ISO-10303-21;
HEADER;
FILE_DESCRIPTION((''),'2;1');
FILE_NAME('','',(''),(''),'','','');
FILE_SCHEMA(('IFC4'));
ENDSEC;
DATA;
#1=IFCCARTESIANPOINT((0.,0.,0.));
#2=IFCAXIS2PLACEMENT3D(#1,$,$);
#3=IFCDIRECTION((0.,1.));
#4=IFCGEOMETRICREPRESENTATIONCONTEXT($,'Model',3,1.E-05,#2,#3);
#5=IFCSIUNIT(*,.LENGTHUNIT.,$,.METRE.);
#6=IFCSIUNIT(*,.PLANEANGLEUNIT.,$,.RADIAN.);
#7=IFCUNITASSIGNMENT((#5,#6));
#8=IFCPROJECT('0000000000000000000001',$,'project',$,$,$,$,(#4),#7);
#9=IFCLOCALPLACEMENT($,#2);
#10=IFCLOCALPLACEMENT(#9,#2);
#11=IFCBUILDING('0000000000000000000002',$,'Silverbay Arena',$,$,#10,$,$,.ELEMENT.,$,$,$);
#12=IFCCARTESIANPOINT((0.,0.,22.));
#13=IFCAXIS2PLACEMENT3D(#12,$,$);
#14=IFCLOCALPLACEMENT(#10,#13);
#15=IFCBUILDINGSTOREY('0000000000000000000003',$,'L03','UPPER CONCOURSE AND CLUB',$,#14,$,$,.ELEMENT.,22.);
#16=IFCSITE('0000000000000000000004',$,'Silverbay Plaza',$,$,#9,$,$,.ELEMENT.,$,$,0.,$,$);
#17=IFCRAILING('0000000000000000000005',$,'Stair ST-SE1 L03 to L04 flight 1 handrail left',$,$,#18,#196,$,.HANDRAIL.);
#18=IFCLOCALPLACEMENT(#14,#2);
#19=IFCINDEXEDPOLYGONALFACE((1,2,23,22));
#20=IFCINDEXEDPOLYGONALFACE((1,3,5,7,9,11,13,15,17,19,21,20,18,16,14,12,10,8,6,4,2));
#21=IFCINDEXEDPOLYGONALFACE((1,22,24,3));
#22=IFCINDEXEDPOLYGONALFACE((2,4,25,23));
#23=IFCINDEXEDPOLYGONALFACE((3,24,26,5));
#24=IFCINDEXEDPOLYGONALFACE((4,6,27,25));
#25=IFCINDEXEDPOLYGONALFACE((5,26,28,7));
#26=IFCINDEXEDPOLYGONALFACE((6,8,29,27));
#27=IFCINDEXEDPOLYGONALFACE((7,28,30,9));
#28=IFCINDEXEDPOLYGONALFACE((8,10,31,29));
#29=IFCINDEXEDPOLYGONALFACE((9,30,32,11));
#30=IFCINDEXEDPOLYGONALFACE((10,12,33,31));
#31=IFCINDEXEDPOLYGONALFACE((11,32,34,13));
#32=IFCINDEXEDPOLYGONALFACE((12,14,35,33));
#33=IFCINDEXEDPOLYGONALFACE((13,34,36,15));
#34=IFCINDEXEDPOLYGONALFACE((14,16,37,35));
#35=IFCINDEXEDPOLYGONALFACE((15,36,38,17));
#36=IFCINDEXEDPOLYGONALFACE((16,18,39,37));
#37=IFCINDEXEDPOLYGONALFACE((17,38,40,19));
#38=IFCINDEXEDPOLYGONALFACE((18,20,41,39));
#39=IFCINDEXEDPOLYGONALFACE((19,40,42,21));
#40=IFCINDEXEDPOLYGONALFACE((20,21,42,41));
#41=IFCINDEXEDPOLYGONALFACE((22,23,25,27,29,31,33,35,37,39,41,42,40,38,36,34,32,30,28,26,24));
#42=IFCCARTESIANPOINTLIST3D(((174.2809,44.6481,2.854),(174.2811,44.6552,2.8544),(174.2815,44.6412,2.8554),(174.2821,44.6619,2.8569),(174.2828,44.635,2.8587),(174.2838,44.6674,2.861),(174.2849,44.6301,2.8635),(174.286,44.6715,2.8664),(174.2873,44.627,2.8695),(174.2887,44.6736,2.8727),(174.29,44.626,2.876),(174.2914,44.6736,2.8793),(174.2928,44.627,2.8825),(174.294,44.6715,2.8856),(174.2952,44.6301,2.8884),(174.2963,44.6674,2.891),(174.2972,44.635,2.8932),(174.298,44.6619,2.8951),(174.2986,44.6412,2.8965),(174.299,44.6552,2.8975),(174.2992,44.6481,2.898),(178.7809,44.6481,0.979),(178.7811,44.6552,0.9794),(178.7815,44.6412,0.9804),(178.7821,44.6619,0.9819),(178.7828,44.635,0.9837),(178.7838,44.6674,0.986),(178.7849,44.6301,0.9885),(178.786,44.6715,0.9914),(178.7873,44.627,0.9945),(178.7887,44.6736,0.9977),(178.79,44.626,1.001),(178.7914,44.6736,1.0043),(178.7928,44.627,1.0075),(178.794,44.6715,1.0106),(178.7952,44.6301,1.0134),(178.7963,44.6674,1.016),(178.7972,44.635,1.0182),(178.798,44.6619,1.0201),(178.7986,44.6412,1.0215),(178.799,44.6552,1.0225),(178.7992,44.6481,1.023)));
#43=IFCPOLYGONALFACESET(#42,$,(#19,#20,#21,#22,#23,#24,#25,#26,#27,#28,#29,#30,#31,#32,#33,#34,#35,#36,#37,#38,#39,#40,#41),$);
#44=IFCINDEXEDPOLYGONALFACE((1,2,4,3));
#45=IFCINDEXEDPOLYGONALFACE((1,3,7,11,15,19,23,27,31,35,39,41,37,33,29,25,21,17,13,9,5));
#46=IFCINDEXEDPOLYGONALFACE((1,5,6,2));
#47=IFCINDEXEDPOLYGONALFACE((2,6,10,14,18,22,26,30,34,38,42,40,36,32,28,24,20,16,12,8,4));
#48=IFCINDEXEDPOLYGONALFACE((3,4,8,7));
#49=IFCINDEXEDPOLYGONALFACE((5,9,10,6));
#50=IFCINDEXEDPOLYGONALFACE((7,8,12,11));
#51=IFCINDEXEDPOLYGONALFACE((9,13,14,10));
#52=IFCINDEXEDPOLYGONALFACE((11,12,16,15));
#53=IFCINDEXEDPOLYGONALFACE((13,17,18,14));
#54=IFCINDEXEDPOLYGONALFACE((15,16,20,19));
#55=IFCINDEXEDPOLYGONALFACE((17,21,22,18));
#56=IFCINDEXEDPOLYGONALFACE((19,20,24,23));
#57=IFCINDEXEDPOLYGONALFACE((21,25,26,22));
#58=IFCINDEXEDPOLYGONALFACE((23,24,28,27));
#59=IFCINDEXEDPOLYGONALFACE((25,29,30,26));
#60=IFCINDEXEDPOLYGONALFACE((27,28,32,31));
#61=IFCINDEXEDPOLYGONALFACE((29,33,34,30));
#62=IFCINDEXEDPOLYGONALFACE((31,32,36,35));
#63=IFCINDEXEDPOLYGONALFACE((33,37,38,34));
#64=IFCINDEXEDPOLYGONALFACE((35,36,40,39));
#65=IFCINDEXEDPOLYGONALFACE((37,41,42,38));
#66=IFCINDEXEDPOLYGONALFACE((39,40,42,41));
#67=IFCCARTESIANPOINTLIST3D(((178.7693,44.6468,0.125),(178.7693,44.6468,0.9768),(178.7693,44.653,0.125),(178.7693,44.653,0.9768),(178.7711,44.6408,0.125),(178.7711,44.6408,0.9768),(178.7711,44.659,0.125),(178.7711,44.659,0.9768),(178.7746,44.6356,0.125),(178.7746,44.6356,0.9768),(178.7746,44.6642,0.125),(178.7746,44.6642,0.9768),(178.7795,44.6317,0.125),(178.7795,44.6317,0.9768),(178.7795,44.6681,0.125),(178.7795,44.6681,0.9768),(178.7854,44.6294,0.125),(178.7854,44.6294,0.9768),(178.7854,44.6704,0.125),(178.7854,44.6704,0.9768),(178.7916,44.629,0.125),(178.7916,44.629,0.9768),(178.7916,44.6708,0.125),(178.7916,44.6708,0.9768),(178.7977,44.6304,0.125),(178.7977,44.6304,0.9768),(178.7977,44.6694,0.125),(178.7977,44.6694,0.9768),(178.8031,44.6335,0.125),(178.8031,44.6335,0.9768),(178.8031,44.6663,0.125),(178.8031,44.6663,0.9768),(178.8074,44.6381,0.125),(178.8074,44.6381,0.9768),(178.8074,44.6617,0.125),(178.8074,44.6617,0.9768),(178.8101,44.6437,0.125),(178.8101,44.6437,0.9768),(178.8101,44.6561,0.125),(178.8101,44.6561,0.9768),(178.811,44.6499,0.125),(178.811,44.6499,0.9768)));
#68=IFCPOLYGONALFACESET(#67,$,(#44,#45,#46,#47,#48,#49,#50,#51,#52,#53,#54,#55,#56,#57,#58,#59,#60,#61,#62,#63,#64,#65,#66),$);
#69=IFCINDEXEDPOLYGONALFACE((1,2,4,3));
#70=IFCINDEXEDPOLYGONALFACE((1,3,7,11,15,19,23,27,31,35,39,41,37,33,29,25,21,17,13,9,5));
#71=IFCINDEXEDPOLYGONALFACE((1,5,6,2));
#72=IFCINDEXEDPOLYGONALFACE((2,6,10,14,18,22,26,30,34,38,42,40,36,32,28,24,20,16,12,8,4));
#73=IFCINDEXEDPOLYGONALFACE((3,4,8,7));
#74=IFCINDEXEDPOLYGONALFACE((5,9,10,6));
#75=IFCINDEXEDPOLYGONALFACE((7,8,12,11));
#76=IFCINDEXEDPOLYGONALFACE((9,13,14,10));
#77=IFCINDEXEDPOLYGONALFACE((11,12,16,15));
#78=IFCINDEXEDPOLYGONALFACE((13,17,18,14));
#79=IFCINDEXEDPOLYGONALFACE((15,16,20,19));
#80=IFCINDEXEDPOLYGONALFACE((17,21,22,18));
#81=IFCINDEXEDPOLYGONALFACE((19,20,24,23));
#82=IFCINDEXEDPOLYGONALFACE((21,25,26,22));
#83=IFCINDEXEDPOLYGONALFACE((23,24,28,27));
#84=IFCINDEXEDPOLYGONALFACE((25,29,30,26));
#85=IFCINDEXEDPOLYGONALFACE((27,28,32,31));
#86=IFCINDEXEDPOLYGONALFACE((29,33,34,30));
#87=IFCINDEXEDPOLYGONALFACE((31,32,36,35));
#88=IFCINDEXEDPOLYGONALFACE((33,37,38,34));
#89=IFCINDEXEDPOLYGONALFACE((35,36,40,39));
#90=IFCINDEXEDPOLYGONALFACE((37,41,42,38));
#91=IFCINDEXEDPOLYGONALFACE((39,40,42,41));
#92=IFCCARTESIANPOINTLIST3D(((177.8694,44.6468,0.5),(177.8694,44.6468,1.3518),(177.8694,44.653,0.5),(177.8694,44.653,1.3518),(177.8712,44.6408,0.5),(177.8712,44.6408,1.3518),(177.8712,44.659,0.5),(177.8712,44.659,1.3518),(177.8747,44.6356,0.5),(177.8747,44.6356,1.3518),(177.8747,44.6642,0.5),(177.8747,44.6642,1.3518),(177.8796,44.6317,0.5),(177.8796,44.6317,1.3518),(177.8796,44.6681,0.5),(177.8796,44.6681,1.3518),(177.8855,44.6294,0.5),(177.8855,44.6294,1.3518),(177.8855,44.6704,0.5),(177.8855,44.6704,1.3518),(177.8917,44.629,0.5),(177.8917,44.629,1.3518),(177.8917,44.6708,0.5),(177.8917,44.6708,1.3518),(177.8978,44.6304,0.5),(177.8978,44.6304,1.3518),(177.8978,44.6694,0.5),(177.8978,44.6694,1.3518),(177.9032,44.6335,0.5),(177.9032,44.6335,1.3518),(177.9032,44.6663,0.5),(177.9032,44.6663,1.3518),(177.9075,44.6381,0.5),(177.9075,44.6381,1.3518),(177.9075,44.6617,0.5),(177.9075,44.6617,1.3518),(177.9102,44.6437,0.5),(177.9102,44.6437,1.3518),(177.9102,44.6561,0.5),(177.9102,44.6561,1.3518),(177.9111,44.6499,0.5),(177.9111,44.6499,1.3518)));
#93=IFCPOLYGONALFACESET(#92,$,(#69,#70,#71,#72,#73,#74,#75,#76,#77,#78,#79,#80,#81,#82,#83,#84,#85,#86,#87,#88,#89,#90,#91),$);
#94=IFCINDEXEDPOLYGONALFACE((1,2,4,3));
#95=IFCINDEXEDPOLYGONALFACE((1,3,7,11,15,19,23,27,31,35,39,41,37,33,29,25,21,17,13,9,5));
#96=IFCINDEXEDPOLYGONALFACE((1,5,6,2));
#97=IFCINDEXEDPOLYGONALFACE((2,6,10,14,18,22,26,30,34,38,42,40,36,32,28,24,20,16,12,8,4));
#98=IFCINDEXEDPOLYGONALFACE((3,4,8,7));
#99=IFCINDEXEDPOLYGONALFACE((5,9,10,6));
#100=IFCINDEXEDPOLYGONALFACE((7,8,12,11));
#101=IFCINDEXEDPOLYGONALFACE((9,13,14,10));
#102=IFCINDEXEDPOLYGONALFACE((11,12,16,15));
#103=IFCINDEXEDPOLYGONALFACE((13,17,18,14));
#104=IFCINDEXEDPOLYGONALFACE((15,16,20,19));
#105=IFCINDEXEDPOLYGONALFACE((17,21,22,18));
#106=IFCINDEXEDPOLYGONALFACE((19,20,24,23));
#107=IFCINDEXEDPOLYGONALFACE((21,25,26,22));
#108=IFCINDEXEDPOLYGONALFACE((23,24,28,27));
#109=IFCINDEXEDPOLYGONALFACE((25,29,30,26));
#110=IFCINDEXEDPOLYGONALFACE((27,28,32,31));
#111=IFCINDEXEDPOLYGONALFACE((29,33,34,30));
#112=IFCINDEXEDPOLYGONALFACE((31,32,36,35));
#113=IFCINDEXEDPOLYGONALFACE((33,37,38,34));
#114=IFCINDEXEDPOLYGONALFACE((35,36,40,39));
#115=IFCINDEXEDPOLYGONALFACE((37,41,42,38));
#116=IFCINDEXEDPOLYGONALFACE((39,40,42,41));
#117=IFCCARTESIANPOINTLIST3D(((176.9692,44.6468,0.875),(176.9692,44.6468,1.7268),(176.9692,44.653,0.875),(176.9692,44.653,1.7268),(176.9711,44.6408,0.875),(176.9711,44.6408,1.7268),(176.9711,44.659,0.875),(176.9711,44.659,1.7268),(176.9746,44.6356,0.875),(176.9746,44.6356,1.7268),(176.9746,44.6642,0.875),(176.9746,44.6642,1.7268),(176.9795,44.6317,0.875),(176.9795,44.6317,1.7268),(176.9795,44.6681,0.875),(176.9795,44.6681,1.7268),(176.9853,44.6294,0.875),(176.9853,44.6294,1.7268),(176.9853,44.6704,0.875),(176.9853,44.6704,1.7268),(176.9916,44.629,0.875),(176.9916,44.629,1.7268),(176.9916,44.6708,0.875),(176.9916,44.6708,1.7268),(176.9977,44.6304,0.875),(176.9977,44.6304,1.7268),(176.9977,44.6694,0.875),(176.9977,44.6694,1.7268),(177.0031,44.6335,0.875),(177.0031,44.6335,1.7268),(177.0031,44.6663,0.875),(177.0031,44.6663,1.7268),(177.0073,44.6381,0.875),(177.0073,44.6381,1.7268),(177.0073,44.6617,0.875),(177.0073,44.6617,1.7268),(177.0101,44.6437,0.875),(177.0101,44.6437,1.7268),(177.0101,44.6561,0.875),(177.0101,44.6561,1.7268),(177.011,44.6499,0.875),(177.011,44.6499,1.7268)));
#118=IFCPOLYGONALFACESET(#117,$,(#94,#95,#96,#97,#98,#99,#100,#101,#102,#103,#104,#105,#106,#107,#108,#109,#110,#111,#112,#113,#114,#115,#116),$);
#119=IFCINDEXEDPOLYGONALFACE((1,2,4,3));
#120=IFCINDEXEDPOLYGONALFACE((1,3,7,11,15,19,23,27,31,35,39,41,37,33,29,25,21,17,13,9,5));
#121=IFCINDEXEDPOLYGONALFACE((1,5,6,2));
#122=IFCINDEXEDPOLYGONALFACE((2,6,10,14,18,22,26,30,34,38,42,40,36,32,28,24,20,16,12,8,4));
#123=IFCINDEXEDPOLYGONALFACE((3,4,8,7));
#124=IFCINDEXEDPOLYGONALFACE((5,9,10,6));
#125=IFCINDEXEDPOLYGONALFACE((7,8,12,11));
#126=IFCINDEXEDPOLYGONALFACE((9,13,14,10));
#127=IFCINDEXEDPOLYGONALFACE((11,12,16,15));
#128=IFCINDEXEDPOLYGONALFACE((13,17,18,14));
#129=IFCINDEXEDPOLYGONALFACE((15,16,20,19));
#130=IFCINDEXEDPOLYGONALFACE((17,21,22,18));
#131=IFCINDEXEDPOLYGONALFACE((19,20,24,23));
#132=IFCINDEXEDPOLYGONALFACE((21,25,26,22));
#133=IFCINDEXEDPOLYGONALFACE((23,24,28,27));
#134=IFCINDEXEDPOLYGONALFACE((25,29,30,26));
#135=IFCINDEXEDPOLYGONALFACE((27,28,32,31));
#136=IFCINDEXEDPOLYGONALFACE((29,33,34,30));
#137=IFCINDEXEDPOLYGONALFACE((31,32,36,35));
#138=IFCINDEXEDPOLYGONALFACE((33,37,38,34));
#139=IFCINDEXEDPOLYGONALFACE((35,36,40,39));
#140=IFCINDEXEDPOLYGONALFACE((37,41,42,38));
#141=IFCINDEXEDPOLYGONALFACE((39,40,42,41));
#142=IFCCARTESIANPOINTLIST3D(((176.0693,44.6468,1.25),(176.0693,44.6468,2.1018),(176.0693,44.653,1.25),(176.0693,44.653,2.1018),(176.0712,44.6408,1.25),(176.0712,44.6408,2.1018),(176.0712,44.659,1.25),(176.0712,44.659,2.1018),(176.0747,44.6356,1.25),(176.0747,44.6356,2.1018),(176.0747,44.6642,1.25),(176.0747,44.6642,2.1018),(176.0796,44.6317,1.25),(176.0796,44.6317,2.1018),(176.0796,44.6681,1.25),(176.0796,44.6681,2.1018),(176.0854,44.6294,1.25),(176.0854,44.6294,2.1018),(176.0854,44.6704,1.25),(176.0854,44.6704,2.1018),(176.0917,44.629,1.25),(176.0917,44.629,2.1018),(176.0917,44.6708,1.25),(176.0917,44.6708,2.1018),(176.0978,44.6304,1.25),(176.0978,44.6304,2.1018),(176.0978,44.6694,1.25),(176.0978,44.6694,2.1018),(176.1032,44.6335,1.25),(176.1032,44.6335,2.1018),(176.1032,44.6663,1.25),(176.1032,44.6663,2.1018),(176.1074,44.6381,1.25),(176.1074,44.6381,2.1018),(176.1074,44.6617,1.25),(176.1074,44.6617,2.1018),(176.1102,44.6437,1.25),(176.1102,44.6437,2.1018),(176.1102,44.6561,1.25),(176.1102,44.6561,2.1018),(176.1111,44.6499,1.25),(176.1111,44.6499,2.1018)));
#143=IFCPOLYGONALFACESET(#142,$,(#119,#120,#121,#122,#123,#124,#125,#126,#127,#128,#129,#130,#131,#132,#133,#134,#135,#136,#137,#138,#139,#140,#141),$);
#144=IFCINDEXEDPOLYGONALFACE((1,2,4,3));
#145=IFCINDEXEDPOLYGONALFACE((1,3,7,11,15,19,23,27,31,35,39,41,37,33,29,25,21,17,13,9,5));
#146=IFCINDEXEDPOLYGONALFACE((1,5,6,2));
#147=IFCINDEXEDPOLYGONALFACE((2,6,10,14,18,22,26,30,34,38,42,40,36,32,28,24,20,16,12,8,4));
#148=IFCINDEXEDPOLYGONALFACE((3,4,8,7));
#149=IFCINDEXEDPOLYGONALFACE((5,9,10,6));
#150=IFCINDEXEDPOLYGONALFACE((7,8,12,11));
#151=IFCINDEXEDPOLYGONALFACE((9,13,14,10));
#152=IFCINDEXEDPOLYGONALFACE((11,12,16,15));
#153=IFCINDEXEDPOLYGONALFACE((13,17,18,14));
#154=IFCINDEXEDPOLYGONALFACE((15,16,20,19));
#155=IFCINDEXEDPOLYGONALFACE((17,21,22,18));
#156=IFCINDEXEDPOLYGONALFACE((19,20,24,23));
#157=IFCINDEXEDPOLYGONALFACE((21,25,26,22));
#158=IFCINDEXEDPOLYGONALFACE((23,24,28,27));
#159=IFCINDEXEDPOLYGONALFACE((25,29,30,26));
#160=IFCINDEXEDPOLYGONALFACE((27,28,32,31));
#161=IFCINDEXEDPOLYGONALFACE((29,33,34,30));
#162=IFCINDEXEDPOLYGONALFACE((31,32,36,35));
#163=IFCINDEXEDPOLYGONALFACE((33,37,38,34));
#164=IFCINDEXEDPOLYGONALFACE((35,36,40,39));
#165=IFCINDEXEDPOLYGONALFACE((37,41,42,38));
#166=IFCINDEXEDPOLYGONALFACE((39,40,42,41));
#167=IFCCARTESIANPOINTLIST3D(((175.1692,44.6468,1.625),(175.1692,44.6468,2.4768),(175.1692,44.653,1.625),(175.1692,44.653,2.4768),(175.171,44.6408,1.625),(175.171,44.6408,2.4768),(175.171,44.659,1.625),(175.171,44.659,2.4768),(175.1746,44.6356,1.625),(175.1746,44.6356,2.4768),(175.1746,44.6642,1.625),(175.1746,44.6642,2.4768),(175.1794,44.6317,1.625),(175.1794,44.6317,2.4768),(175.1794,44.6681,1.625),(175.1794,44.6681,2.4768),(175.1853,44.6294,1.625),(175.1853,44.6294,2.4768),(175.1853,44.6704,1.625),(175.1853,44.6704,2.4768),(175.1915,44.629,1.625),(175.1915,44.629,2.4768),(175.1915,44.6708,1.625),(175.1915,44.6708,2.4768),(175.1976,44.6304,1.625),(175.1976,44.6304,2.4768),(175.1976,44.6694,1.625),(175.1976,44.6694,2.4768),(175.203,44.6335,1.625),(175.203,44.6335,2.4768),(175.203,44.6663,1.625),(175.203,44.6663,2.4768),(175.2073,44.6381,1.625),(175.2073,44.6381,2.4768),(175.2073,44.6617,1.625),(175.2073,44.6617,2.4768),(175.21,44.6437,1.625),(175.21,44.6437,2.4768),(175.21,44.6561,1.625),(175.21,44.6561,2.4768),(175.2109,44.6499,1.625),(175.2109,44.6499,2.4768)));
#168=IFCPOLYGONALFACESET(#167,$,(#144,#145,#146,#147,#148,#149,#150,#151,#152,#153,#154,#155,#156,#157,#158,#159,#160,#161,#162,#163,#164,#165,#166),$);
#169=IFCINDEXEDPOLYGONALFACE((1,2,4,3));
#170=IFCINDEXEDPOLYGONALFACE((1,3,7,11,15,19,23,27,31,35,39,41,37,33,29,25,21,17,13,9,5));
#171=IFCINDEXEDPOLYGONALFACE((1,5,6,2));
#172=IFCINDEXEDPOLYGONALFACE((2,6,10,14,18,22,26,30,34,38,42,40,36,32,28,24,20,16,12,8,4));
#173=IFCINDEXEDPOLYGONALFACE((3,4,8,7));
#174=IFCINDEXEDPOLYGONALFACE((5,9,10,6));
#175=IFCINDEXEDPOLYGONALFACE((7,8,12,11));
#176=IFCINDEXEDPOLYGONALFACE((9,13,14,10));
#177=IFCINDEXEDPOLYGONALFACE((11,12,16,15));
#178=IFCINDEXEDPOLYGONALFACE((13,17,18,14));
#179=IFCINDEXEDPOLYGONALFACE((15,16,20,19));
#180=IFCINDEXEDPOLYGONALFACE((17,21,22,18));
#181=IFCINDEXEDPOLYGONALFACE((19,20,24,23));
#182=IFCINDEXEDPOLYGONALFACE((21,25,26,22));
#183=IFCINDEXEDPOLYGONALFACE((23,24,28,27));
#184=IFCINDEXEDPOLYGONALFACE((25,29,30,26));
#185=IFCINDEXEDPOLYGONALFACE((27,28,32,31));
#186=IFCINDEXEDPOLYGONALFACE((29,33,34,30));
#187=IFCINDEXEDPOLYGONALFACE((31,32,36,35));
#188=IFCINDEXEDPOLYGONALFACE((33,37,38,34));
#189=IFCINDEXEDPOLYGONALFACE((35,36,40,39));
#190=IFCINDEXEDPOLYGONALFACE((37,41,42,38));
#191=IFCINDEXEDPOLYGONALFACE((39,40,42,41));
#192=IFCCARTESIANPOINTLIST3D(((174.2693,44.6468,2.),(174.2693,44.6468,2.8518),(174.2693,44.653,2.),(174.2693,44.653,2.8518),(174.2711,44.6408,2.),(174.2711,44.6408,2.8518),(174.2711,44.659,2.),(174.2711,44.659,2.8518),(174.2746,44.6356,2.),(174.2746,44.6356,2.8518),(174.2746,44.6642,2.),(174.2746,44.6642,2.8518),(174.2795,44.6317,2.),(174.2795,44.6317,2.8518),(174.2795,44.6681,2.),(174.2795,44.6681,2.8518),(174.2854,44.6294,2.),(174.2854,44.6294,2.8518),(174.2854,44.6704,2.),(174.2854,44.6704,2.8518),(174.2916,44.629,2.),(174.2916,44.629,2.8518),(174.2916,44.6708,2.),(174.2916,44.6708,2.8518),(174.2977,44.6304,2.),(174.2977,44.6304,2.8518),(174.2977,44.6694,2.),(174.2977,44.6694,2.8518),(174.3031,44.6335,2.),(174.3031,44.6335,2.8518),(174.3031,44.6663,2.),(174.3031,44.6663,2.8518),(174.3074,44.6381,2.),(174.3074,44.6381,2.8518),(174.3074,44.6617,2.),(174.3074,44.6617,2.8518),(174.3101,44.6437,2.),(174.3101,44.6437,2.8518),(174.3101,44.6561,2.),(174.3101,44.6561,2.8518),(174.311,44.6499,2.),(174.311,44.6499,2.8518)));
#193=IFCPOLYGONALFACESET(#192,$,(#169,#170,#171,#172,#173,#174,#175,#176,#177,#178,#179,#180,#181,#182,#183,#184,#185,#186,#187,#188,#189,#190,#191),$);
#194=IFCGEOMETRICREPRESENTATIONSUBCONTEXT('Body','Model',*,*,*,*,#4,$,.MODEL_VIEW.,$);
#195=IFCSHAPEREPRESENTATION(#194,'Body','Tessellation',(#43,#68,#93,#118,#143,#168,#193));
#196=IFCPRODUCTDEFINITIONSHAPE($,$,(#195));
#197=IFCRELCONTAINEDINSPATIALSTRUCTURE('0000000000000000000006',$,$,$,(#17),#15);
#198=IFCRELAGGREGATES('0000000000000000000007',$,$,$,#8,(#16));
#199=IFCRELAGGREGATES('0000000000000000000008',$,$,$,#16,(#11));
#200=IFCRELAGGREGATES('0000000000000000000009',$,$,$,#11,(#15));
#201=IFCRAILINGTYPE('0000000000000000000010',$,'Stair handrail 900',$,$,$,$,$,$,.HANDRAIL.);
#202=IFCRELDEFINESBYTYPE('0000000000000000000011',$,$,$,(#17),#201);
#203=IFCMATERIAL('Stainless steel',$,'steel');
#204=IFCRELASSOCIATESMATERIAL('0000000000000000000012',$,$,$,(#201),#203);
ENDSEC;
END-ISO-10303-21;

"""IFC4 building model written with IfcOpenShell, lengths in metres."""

from ifc_helpers import new_model, si_unit, direction, frame, origin, origin_2d, place, context, subcontext, project, spatial, circle, extrude, material, type_object, element, save


model = new_model("IFC4")

# Units and contexts
model_context = context("Model", 3, precision=1e-05, world=origin(), true_north=direction((0.0, 1.0)))
body_context = subcontext(model_context, "Body", "Model", "MODEL_VIEW")
ifc_project = project(units=[si_unit("LENGTHUNIT", "METRE"), si_unit("PLANEANGLEUNIT", "RADIAN")], contexts=[model_context])

# Site, building, storey
site_placement = place(None, origin())
site = spatial("IfcSite", under=ifc_project, at=site_placement, Name="Silverbay Plaza", CompositionType="ELEMENT", RefElevation=0.0)
building_placement = place(site_placement, origin())
building = spatial("IfcBuilding", under=site, at=building_placement, Name="Silverbay Arena", CompositionType="ELEMENT")
storey_placement = place(building_placement, frame((0.0, 0.0, 22.0)))
storey = spatial("IfcBuildingStorey", under=building, at=storey_placement, Name="L03", Description="UPPER CONCOURSE AND CLUB", CompositionType="ELEMENT", Elevation=22.0)

# Railing
ifc_material_1 = material(Name="Stainless steel", Category="steel")
railing_type_1 = type_object("IfcRailingType", Name="Stair handrail 900", PredefinedType="HANDRAIL", material=ifc_material_1)
for number, where, name in (
    (1, (178.79, 44.6499, 0.125), "Stair ST-SE1 L03 to L04 flight 1 handrail left"),
):
    element("IfcRailing", number, at=place(storey_placement, frame(where)), inside=storey, type_object=railing_type_1, Name=name, PredefinedType="HANDRAIL", context=body_context, shape_type="SweptSolid", body=[
        extrude(circle(Radius=0.0239, at=origin_2d()), frame((0.0, 0.0, 0.876), z_axis=(-0.923077, 0.0, 0.384615), x_axis=(0.0, -1.0, 0.0)), (0.0, 0.0, 1.0), 4.875),
        extrude(circle(Radius=0.021, at=origin_2d()), origin(), (0.0, 0.0, 1.0), 0.8518),
        extrude(circle(Radius=0.021, at=origin_2d()), frame((-0.8999, 0.0, 0.375)), (0.0, 0.0, 1.0), 0.8518),
        extrude(circle(Radius=0.021, at=origin_2d()), frame((-1.8, 0.0, 0.75)), (0.0, 0.0, 1.0), 0.8518),
        extrude(circle(Radius=0.021, at=origin_2d()), frame((-2.7, 0.0, 1.125)), (0.0, 0.0, 1.0), 0.8518),
        extrude(circle(Radius=0.021, at=origin_2d()), frame((-3.6001, 0.0, 1.5)), (0.0, 0.0, 1.0), 0.8518),
        extrude(circle(Radius=0.021, at=origin_2d()), frame((-4.5, 0.0, 1.875)), (0.0, 0.0, 1.0), 0.8518),
    ])

save(model, "model.ifc")
